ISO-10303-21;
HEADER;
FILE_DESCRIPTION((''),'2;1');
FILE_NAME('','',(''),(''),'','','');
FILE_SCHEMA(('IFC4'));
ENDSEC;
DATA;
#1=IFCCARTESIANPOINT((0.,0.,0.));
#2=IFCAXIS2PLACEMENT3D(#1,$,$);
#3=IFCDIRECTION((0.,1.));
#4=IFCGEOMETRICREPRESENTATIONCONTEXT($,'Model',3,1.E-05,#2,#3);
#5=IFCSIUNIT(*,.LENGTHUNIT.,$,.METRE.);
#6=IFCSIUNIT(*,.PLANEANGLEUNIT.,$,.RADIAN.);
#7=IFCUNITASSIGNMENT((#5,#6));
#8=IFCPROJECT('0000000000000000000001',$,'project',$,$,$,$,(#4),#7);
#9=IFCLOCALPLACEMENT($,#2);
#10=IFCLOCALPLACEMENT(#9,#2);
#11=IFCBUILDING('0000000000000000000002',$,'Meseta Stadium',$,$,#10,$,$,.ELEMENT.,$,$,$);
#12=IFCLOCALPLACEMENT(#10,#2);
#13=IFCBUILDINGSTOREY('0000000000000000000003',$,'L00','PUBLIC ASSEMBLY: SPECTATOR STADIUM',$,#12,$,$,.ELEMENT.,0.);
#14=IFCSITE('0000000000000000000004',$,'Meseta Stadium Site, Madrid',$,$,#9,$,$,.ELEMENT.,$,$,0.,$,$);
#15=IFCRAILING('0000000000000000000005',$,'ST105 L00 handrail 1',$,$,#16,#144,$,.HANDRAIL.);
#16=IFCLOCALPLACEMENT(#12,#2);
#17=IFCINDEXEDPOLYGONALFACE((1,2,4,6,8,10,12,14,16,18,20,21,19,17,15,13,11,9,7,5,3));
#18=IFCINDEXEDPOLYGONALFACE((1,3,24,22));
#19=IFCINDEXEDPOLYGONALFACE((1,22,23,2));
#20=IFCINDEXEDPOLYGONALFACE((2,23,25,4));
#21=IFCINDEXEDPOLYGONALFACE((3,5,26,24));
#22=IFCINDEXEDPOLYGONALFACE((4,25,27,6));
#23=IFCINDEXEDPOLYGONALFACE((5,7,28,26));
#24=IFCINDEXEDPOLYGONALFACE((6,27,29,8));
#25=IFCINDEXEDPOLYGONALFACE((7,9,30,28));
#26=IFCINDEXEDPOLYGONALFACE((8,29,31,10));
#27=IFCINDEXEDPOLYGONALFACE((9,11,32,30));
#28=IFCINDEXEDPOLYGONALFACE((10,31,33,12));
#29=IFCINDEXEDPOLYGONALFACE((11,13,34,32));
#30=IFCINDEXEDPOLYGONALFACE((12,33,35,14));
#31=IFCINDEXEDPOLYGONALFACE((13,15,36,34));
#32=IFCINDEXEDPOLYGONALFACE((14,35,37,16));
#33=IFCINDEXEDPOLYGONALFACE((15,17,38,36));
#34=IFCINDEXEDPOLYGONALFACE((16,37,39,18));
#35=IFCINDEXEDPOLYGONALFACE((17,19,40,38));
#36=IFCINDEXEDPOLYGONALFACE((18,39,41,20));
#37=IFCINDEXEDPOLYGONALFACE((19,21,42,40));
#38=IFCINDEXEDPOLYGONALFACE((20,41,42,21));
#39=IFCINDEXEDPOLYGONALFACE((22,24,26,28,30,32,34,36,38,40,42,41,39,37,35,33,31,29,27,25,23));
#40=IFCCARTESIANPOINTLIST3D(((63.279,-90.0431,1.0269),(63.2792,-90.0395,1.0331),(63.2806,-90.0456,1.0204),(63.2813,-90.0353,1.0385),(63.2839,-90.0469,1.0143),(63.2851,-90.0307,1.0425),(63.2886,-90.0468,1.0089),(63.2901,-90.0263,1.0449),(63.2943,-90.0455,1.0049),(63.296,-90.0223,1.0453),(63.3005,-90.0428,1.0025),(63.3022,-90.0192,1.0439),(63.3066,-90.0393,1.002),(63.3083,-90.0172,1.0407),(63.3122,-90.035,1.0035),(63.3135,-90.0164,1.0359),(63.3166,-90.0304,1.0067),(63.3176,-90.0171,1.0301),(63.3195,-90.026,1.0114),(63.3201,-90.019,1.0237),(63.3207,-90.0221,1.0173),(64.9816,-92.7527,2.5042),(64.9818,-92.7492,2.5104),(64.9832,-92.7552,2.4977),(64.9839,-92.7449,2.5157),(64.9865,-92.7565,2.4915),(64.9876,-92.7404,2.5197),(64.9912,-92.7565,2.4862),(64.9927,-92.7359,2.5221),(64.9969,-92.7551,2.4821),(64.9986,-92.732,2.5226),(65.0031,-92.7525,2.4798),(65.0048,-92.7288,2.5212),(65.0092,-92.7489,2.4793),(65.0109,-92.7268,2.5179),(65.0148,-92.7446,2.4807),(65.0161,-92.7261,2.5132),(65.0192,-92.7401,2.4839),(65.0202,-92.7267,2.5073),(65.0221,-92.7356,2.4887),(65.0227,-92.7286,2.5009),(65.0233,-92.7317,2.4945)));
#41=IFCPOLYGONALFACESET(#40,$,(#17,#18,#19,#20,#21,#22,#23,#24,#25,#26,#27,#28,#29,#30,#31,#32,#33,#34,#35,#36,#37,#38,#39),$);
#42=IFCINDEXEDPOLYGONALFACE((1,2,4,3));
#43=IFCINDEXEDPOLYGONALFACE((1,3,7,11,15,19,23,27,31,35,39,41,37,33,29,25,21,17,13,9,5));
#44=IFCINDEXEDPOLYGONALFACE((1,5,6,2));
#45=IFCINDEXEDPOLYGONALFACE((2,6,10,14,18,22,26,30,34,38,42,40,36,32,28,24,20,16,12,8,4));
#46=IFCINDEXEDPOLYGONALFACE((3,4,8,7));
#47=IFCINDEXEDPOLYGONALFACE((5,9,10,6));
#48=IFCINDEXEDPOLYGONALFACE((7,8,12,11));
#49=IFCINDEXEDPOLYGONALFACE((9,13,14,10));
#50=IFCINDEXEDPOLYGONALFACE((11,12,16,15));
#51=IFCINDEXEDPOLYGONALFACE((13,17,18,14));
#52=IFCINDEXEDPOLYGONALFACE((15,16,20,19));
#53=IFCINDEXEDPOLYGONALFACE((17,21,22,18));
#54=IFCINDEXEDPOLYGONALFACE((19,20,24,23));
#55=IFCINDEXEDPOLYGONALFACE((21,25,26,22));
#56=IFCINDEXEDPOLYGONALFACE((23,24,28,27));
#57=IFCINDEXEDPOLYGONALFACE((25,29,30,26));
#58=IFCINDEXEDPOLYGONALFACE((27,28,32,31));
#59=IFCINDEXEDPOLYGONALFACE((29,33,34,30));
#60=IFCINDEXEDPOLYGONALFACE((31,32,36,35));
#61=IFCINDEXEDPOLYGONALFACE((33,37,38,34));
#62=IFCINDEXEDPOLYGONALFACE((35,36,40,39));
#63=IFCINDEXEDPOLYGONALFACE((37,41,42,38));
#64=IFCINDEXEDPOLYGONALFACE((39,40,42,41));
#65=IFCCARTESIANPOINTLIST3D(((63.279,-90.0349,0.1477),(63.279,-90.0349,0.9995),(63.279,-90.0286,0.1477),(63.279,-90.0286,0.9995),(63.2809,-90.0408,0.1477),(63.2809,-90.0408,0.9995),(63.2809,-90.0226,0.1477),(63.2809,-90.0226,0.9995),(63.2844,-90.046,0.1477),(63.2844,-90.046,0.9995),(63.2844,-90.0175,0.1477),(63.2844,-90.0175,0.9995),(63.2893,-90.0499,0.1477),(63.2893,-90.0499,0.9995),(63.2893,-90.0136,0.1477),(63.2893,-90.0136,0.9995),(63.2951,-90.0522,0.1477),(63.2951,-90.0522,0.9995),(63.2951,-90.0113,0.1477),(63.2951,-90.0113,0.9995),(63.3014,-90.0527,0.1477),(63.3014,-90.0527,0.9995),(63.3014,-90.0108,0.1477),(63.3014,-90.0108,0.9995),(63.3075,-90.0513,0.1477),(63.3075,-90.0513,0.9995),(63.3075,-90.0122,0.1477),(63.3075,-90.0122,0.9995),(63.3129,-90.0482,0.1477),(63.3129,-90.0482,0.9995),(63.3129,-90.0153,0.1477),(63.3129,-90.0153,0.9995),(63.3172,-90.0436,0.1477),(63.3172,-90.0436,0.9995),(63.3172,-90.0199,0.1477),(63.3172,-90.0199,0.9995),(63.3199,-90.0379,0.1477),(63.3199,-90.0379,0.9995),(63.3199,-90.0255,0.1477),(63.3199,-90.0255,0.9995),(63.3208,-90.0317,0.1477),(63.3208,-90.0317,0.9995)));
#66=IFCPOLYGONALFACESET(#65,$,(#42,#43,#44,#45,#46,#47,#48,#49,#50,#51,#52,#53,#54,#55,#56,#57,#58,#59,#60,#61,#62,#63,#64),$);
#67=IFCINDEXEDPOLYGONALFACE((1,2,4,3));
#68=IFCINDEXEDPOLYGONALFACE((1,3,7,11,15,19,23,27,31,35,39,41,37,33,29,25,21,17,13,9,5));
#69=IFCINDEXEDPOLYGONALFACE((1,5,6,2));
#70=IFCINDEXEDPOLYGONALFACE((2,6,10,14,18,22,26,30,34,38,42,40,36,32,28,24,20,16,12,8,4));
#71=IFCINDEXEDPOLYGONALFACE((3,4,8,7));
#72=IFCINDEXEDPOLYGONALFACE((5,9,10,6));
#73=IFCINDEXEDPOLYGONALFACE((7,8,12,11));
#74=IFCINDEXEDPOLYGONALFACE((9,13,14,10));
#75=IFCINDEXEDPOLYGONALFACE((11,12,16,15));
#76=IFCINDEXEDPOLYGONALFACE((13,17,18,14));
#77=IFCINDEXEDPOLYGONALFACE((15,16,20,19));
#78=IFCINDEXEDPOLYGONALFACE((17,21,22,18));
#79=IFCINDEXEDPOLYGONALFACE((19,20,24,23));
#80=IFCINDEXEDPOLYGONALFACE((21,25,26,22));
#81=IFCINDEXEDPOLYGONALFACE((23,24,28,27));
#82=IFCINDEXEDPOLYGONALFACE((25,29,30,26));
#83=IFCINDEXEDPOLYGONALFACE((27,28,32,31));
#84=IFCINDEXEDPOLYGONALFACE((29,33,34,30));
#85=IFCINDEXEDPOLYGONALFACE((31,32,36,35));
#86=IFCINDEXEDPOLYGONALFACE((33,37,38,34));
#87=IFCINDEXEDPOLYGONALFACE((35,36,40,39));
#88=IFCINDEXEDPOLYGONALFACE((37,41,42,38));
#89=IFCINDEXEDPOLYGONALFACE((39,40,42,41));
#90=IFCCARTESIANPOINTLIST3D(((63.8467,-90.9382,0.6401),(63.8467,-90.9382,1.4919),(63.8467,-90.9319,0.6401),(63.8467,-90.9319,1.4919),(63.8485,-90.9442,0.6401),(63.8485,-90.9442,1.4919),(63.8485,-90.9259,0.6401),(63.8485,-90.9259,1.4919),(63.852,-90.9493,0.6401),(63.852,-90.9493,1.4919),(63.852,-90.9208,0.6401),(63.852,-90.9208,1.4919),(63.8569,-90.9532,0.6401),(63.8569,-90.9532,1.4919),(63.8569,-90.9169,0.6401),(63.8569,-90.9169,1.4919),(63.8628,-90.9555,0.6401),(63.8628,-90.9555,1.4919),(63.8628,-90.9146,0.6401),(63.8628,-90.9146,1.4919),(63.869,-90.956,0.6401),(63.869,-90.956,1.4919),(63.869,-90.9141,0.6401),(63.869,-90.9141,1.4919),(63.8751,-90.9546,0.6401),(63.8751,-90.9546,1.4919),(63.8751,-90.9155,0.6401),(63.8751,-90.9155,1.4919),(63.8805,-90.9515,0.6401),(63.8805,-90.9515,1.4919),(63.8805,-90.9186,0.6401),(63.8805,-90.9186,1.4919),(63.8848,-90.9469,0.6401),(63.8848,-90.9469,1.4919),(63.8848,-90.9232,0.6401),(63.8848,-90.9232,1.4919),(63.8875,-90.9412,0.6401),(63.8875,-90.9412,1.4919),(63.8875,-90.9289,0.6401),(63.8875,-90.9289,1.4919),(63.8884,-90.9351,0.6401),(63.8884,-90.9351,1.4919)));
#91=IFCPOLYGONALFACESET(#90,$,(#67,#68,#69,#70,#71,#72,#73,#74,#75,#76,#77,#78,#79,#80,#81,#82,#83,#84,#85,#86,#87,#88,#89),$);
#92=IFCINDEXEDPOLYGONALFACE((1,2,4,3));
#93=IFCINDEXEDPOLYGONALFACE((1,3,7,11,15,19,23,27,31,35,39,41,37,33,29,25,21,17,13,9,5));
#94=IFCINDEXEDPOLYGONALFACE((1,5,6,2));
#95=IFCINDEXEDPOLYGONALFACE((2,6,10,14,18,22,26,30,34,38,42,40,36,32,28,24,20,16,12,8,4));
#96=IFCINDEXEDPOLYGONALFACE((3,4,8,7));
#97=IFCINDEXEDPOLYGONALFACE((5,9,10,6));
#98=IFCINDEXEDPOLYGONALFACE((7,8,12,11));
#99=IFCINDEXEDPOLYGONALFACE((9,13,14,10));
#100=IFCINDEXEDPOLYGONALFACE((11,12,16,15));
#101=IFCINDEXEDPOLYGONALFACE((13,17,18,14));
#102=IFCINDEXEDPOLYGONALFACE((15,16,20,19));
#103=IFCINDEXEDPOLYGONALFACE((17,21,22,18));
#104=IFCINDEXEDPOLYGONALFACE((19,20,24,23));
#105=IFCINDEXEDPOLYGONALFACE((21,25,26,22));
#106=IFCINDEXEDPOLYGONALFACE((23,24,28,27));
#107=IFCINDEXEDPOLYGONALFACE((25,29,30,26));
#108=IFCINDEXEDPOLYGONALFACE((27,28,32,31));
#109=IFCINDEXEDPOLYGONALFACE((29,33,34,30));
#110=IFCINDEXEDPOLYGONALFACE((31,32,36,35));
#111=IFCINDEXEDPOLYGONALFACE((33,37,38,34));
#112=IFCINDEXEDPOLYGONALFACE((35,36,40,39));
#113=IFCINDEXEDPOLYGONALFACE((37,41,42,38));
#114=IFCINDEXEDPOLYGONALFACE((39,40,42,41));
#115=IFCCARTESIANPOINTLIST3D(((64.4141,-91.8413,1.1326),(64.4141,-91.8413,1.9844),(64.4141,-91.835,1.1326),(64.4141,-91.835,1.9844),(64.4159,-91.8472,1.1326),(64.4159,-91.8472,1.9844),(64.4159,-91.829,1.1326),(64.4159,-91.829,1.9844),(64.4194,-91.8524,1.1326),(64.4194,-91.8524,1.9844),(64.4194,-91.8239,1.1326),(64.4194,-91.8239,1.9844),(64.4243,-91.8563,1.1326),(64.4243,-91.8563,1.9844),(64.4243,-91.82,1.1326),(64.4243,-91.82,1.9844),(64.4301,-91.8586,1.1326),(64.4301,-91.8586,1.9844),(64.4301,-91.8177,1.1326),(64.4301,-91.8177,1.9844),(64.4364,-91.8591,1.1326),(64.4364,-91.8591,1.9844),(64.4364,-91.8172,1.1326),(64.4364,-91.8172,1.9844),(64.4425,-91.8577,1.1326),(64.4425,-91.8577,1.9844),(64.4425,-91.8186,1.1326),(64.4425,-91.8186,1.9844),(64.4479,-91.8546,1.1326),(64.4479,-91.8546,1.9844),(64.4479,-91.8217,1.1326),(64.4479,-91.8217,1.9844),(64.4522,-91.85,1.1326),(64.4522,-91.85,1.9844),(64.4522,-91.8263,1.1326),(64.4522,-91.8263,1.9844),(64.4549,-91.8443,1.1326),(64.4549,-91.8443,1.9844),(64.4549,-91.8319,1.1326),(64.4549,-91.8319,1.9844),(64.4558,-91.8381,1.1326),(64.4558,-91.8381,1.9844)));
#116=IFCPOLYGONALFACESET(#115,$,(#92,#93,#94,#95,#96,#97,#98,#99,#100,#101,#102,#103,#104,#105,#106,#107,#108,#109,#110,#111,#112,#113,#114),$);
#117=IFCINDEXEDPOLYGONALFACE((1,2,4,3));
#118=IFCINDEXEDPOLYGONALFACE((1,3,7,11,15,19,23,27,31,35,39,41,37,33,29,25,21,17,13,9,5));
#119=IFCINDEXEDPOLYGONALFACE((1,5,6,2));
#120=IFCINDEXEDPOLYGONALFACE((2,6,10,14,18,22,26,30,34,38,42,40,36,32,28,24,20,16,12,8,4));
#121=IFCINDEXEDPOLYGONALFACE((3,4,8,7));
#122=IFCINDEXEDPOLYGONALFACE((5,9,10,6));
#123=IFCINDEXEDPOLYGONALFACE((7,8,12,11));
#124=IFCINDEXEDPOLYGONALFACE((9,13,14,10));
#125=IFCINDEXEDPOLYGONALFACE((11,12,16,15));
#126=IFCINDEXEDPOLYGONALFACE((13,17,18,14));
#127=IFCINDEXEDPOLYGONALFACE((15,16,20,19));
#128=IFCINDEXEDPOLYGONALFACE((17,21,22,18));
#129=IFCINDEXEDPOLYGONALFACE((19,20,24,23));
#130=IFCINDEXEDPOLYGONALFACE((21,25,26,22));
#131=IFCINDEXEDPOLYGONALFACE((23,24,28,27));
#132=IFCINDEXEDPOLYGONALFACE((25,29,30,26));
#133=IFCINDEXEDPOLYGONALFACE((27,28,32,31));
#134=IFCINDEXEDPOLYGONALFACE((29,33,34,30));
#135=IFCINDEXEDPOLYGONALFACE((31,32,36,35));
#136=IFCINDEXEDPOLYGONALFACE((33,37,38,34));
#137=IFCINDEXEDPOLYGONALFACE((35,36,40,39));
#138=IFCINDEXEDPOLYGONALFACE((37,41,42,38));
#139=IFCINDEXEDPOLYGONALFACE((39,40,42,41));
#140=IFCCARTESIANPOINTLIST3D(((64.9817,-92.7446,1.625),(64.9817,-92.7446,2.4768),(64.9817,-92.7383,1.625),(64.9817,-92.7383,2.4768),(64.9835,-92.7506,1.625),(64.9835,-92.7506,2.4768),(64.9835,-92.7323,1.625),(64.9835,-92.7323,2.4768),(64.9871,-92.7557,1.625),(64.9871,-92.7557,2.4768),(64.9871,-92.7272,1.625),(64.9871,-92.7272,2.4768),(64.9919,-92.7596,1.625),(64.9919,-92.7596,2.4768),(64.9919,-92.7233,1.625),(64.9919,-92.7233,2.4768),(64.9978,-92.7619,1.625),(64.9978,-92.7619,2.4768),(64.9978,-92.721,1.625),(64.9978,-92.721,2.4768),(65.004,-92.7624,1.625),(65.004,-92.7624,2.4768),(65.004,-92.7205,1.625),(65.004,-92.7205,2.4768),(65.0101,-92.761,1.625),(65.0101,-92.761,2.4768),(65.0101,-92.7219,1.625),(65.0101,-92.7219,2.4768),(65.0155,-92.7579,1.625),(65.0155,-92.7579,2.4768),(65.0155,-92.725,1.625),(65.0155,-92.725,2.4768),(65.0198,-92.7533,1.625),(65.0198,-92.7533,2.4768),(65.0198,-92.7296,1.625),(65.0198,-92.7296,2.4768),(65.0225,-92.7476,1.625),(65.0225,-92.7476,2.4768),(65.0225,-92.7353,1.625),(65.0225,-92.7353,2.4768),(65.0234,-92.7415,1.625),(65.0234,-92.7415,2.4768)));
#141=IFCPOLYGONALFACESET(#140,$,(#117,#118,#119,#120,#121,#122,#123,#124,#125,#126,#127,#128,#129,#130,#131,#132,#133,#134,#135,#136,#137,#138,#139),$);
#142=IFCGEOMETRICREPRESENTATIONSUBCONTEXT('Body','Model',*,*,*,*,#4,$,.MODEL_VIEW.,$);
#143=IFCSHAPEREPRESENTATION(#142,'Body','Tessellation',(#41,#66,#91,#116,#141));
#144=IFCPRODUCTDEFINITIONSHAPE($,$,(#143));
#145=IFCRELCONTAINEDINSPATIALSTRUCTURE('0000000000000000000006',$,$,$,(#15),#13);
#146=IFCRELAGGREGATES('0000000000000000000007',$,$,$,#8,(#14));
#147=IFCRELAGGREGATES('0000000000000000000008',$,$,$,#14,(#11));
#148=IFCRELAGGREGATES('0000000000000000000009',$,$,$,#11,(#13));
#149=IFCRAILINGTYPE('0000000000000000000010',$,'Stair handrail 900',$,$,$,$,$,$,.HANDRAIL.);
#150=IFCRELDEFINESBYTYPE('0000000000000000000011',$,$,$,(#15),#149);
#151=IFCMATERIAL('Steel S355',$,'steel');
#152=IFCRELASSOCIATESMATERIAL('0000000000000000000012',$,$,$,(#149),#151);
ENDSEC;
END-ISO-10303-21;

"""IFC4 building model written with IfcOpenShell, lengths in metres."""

from ifc_helpers import new_model, si_unit, direction, frame, origin, origin_2d, place, context, subcontext, project, spatial, circle, extrude, material, type_object, element, save


model = new_model("IFC4")

# Units and contexts
model_context = context("Model", 3, precision=1e-05, world=origin(), true_north=direction((0.0, 1.0)))
body_context = subcontext(model_context, "Body", "Model", "MODEL_VIEW")
ifc_project = project(units=[si_unit("LENGTHUNIT", "METRE"), si_unit("PLANEANGLEUNIT", "RADIAN")], contexts=[model_context])

# Site, building, storey
site_placement = place(None, origin())
site = spatial("IfcSite", under=ifc_project, at=site_placement, Name="Meseta Stadium Site, Madrid", CompositionType="ELEMENT", RefElevation=0.0)
building_placement = place(site_placement, origin())
building = spatial("IfcBuilding", under=site, at=building_placement, Name="Meseta Stadium", CompositionType="ELEMENT")
storey_placement = place(building_placement, origin())
storey = spatial("IfcBuildingStorey", under=building, at=storey_placement, Name="L00", Description="PUBLIC ASSEMBLY: SPECTATOR STADIUM", CompositionType="ELEMENT", Elevation=0.0)

# Railing
ifc_material_1 = material(Name="Steel S355", Category="steel")
railing_type_1 = type_object("IfcRailingType", Name="Stair handrail 900", PredefinedType="HANDRAIL", material=ifc_material_1)
railing_1_placement = place(storey_placement, frame((63.2998, -90.0317, 0.1477)))
element("IfcRailing", 1, at=railing_1_placement, inside=storey, type_object=railing_type_1, Name="ST105 L00 handrail 1", PredefinedType="HANDRAIL", context=body_context, shape_type="SweptSolid", body=[
    extrude(circle(Radius=0.0239, at=origin_2d()), frame((0.0, 0.0, 0.876), z_axis=(0.48305, -0.768766, 0.419119), x_axis=(0.846723, 0.532034, 0.0)), (0.0, 0.0, 1.0), 3.5247),
    extrude(circle(Radius=0.021, at=origin_2d()), origin(), (0.0, 0.0, 1.0), 0.8518),
    extrude(circle(Radius=0.021, at=origin_2d()), frame((0.5676, -0.9033, 0.4924)), (0.0, 0.0, 1.0), 0.8518),
    extrude(circle(Radius=0.021, at=origin_2d()), frame((1.135, -1.8064, 0.9849)), (0.0, 0.0, 1.0), 0.8518),
    extrude(circle(Radius=0.021, at=origin_2d()), frame((1.7026, -2.7097, 1.4773)), (0.0, 0.0, 1.0), 0.8518),
])

save(model, "model.ifc")
